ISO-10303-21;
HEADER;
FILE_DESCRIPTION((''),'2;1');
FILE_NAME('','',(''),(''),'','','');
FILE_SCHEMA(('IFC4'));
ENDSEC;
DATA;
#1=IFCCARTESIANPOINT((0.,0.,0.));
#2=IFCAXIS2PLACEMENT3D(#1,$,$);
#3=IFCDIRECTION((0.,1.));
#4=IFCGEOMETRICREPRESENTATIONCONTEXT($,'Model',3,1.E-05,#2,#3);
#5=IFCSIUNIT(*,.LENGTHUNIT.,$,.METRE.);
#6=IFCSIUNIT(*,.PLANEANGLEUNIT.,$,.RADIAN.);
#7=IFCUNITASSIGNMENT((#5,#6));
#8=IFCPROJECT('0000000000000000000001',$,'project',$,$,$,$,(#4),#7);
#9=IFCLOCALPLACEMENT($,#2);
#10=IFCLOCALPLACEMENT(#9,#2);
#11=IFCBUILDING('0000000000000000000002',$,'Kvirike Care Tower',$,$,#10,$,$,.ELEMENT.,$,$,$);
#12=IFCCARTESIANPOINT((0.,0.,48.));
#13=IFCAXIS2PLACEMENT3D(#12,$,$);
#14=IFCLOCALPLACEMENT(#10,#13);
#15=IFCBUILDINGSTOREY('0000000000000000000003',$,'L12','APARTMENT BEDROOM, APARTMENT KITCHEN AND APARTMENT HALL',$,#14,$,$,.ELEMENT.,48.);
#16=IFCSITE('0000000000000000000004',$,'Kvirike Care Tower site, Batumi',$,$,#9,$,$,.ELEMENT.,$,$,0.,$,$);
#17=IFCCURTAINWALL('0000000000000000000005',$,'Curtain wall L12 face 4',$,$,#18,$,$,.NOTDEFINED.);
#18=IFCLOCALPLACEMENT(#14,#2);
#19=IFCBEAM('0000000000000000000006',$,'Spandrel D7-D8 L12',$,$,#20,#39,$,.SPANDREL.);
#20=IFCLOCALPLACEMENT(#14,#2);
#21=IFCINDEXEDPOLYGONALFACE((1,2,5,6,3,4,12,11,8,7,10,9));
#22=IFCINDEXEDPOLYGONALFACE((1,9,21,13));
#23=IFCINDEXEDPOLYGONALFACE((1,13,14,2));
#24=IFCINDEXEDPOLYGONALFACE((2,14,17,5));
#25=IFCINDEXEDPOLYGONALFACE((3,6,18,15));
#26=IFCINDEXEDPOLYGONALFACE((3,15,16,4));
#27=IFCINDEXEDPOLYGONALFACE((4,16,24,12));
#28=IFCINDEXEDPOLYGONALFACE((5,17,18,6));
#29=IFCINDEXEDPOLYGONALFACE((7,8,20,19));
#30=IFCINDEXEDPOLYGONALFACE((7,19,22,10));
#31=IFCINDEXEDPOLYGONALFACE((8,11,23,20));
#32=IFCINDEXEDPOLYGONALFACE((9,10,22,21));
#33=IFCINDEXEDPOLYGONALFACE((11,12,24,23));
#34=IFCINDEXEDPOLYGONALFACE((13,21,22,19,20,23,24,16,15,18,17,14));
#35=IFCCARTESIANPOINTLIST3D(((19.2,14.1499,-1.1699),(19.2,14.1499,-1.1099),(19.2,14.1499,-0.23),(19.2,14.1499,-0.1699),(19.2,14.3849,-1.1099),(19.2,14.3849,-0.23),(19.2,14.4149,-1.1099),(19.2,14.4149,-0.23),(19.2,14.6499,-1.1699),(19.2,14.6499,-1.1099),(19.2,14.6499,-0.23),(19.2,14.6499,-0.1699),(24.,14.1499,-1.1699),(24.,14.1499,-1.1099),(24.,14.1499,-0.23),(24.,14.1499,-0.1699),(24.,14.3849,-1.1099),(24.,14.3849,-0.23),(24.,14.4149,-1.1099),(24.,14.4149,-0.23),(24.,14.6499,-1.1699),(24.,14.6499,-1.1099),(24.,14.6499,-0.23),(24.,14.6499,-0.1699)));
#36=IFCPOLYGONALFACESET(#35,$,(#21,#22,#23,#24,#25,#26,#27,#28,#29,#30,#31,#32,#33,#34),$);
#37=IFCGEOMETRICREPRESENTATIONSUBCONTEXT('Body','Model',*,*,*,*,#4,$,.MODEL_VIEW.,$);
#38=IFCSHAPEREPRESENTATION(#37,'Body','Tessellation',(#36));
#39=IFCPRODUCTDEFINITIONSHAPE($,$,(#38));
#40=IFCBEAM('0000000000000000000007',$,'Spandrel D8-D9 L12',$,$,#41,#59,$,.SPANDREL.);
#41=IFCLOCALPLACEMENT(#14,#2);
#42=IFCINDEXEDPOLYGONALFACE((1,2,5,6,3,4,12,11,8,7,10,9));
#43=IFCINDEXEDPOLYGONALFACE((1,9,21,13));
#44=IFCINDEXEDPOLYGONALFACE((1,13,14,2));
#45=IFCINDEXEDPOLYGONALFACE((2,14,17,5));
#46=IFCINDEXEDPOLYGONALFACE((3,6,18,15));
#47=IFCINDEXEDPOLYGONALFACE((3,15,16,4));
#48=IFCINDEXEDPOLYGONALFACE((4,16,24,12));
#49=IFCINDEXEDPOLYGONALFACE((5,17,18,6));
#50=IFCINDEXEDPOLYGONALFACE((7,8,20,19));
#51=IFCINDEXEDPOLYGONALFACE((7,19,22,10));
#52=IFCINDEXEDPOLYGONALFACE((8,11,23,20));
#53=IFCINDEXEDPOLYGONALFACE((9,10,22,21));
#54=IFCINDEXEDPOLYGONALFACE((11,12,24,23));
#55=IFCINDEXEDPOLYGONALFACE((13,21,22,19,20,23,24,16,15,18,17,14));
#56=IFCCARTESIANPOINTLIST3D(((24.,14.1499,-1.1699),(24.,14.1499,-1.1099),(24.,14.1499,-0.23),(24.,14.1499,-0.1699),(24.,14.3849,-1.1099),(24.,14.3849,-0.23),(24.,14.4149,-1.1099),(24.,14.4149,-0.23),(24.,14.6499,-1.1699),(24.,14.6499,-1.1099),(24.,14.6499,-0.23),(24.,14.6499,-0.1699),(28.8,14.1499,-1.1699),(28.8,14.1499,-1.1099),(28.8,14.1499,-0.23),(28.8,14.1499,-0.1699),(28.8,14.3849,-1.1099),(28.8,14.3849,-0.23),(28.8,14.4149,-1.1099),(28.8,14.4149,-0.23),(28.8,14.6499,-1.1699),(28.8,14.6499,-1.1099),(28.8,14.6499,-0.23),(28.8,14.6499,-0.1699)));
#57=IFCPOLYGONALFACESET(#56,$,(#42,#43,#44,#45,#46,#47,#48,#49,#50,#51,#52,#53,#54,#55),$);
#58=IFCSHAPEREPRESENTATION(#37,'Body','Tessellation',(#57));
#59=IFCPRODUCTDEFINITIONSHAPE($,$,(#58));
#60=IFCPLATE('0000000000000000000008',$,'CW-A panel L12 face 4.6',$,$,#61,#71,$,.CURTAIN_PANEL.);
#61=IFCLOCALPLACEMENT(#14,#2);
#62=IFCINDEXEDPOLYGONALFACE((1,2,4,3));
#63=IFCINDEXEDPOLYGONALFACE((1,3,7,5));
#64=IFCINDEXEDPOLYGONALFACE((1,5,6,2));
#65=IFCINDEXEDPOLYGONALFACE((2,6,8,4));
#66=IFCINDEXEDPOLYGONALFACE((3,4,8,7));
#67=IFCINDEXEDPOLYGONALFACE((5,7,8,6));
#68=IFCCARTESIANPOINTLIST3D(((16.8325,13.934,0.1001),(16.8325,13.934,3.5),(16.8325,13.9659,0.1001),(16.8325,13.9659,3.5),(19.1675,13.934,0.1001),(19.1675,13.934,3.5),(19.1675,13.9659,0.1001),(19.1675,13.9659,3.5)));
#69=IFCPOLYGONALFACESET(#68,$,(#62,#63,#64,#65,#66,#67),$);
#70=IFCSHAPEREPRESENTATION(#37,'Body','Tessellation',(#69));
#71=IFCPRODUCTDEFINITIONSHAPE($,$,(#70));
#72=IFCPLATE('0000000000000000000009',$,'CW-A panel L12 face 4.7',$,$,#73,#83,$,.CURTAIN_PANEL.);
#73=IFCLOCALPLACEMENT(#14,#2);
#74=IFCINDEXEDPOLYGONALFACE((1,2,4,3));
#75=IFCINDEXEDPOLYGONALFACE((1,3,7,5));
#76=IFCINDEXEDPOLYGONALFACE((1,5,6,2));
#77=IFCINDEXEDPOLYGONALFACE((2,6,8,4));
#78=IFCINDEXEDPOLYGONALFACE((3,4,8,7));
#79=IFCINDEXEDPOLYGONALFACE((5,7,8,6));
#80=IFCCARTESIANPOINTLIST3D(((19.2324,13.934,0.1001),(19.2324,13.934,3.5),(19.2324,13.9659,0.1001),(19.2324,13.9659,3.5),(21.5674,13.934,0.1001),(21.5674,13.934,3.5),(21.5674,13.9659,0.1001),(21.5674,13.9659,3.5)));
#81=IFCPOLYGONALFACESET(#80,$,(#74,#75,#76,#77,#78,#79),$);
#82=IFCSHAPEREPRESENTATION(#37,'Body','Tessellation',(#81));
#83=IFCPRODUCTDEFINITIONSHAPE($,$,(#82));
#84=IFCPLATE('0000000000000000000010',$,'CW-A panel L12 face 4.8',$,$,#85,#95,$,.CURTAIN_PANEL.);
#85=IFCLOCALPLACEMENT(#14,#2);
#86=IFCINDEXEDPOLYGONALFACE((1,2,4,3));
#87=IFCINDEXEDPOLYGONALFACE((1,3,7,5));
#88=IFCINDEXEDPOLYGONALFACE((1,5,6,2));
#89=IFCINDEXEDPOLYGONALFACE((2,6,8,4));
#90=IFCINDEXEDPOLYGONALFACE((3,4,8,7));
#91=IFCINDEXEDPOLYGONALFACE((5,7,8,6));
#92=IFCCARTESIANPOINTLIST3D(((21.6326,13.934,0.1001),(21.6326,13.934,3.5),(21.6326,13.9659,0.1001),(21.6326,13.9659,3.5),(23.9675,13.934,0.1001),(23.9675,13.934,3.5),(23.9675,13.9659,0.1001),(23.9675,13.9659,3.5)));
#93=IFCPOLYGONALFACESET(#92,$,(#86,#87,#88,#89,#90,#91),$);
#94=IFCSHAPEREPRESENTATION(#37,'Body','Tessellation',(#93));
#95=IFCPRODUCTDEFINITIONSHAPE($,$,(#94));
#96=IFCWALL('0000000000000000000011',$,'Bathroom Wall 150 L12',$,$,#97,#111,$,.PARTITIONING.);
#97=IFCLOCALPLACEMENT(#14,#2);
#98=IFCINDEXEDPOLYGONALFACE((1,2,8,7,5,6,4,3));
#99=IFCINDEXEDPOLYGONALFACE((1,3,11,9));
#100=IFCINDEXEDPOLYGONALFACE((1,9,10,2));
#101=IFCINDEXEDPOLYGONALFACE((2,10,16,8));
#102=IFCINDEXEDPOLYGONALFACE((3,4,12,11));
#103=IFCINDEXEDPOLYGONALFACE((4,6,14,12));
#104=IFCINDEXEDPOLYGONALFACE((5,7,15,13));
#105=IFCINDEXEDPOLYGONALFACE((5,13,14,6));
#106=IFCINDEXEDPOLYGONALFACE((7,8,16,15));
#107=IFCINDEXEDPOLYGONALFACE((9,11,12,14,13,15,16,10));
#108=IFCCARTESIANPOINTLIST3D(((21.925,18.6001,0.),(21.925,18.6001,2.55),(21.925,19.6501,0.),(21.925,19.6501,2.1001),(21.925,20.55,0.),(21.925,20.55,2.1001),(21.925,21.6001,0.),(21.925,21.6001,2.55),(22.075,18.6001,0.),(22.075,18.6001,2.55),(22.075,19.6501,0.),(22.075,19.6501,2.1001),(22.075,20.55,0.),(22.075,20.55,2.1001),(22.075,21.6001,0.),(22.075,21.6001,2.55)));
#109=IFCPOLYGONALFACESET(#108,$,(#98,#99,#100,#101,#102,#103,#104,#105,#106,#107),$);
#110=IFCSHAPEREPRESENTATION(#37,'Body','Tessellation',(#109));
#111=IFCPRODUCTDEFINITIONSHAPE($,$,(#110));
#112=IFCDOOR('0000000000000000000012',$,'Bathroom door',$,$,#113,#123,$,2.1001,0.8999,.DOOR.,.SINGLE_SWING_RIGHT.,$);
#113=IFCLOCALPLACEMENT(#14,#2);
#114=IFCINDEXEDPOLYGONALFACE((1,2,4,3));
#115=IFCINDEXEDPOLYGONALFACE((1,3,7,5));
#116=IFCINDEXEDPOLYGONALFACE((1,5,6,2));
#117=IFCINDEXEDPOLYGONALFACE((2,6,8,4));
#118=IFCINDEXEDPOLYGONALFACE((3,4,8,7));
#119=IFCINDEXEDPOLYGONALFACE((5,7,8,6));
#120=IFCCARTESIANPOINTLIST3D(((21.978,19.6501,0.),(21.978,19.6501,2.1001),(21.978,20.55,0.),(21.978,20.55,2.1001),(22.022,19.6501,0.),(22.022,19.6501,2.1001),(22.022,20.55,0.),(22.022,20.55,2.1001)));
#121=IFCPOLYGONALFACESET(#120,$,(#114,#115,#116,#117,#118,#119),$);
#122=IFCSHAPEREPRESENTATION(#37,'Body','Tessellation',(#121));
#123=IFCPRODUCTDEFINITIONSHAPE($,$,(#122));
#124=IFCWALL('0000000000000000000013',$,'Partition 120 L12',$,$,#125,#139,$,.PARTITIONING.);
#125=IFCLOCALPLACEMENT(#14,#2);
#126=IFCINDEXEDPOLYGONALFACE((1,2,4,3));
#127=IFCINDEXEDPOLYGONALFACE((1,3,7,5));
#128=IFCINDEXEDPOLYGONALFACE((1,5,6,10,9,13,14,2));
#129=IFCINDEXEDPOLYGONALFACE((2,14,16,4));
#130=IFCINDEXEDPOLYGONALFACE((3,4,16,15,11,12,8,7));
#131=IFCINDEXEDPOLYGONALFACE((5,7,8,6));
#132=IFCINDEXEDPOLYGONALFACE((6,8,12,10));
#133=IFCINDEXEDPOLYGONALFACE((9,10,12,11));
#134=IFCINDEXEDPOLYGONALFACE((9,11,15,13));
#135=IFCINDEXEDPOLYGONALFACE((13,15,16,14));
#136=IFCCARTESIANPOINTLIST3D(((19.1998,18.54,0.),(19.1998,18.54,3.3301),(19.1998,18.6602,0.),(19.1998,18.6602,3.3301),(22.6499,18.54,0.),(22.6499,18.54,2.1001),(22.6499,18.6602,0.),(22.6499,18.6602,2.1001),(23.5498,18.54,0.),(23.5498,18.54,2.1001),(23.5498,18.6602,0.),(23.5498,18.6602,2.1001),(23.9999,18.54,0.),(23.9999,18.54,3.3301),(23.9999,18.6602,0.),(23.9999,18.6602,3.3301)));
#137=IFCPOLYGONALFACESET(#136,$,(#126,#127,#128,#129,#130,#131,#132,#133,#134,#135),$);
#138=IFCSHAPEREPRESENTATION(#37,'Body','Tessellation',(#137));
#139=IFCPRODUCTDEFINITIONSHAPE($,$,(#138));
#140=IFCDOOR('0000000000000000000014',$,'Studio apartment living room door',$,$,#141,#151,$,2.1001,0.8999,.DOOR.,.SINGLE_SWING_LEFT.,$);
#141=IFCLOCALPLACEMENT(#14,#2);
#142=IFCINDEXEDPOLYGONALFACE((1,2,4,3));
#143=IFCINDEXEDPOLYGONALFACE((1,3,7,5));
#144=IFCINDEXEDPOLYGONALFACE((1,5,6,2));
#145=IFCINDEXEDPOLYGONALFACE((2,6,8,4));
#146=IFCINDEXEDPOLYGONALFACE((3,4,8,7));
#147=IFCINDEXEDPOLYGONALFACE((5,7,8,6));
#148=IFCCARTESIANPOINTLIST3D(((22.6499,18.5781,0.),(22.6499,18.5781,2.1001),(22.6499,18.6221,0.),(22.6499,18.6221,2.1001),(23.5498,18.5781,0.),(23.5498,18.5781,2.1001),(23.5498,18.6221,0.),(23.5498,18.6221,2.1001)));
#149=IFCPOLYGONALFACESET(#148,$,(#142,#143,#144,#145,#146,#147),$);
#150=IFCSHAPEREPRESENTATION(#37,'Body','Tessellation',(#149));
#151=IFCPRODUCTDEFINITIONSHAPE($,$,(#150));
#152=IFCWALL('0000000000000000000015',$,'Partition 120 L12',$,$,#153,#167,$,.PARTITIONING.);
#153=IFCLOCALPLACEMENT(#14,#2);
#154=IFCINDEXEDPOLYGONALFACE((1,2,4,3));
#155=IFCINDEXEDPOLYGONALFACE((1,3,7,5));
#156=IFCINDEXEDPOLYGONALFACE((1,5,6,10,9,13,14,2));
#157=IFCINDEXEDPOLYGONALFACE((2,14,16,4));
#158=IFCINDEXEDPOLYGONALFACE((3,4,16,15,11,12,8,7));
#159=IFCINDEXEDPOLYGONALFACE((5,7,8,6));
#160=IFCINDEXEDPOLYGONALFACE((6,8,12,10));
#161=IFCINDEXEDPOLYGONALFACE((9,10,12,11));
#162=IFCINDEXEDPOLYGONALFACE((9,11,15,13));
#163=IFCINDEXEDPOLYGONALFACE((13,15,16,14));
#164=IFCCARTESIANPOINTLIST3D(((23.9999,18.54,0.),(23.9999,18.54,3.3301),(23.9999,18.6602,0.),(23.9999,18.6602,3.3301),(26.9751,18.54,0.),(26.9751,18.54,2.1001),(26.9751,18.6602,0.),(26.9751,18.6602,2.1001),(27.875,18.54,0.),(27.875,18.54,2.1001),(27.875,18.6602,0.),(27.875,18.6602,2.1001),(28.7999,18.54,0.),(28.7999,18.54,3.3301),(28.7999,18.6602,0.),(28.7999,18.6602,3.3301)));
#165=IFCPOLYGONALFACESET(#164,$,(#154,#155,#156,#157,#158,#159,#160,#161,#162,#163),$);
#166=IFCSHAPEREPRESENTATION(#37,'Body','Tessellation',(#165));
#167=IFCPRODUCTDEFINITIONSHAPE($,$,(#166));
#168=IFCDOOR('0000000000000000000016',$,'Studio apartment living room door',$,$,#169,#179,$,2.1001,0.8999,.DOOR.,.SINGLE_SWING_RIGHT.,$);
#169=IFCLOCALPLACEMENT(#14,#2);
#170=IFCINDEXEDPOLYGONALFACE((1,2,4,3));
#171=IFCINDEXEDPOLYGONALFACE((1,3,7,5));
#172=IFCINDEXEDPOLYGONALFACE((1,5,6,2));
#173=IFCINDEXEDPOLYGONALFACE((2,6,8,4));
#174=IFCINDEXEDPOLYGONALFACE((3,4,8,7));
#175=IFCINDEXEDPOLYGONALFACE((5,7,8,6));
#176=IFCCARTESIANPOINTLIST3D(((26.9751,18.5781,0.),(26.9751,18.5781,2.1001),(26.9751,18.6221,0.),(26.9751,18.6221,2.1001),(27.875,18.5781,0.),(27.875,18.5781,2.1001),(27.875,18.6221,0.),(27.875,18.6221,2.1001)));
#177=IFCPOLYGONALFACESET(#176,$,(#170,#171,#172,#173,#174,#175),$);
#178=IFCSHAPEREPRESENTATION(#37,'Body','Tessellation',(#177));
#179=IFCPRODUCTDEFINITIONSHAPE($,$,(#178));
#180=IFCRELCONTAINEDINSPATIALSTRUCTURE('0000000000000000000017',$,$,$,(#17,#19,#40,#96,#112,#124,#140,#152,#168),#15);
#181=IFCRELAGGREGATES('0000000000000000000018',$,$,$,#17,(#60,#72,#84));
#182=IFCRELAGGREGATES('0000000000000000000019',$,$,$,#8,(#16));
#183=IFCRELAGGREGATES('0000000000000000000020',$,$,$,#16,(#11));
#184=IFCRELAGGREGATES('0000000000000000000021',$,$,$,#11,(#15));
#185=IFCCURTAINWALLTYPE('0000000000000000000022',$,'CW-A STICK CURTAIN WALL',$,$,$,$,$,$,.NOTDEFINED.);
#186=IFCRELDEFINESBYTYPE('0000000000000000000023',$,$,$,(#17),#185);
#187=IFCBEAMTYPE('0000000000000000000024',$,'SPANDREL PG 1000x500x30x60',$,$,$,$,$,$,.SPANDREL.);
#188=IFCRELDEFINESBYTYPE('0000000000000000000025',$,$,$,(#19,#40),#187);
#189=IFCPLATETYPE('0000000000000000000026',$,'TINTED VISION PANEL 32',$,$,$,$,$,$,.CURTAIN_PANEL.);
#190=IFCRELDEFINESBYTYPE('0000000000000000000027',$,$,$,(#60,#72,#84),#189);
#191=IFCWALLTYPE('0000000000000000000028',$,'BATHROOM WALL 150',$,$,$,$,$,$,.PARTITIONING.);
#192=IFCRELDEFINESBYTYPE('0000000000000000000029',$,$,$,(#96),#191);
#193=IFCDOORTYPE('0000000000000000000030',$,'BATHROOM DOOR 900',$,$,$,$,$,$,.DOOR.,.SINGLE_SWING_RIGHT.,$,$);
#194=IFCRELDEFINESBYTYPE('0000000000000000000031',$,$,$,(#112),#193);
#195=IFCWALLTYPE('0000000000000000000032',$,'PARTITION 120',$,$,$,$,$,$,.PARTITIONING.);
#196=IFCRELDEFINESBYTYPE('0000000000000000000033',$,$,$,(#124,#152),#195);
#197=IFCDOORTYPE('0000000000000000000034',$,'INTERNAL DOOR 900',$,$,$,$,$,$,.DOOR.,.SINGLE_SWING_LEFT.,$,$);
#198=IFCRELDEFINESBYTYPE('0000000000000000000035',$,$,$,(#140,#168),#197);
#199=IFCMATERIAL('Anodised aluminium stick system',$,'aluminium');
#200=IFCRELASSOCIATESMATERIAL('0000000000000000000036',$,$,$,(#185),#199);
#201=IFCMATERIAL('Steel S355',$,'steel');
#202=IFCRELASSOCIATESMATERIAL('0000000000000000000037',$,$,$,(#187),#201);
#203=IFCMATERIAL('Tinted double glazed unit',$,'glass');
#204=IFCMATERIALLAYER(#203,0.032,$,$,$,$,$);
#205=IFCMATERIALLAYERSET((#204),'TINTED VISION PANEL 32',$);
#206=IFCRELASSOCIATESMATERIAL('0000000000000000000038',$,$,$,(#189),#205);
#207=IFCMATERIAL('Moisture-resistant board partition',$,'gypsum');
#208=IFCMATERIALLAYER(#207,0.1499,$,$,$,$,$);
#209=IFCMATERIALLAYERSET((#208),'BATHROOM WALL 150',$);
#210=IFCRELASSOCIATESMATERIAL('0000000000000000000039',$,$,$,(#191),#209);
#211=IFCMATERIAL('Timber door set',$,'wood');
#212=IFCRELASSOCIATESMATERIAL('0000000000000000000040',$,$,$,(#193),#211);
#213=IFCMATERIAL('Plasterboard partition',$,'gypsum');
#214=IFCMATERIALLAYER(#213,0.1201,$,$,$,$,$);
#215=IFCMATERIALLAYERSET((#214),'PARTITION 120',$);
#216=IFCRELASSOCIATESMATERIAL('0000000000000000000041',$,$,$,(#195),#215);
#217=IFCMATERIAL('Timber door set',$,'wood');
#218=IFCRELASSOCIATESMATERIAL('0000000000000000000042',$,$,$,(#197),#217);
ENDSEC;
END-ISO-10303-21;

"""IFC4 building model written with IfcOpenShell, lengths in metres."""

from ifc_helpers import new_model, si_unit, direction, frame, frame_2d, origin, origin_2d, place, context, subcontext, project, spatial, rectangle, i_section, extrude, material, layer, layer_set, material_profile, profile_set, type_object, element, fill, aggregate, save


model = new_model("IFC4")

# Units and contexts
model_context = context("Model", 3, precision=1e-05, world=origin(), true_north=direction((0.0, 1.0)))
body_context = subcontext(model_context, "Body", "Model", "MODEL_VIEW")
ifc_project = project(units=[si_unit("LENGTHUNIT", "METRE"), si_unit("PLANEANGLEUNIT", "RADIAN")], contexts=[model_context])

# Site, building, storey
site_placement = place(None, origin())
site = spatial("IfcSite", under=ifc_project, at=site_placement, Name="Kvirike Care Tower site, Batumi", CompositionType="ELEMENT", RefElevation=0.0)
building_placement = place(site_placement, origin())
building = spatial("IfcBuilding", under=site, at=building_placement, Name="Kvirike Care Tower", CompositionType="ELEMENT")
storey_placement = place(building_placement, frame((0.0, 0.0, 48.0)))
storey = spatial("IfcBuildingStorey", under=building, at=storey_placement, Name="L12", Description="APARTMENT BEDROOM, APARTMENT KITCHEN AND APARTMENT HALL", CompositionType="ELEMENT", Elevation=48.0)

# Curtain wall
ifc_material_1 = material(Name="Anodised aluminium stick system", Category="aluminium")
curtain_wall_type = type_object("IfcCurtainWallType", Name="CW-A STICK CURTAIN WALL", PredefinedType="NOTDEFINED", material=ifc_material_1)
curtain_wall_placement = place(storey_placement, origin())
curtain_wall = element("IfcCurtainWall", 1, at=curtain_wall_placement, inside=storey, type_object=curtain_wall_type, Name="Curtain wall L12 face 4", PredefinedType="NOTDEFINED")

# Beams
ifc_material_2 = material(Name="Steel S355", Category="steel")
ifc_material_profile_1 = material_profile(ifc_material_2, i_section(OverallWidth=0.5, OverallDepth=1.0, WebThickness=0.03, FlangeThickness=0.0601, at=origin_2d()), Name="PG 1000x500x30x60")
ifc_profile_set_1 = profile_set([ifc_material_profile_1], Name="Steel S355")
beam_type_1 = type_object("IfcBeamType", Name="SPANDREL PG 1000x500x30x60", PredefinedType="SPANDREL", material=ifc_profile_set_1)
for number, where, z_axis, x_axis, name in (
    (2, (19.2, 14.3999, -0.6699), (1.0, 0.0, 0.0), (0.0, 1.0, 0.0), "Spandrel D7-D8 L12"),
    (3, (24.0, 14.3999, -0.6699), (1.0, 0.0, 0.0), (0.0, 1.0, 0.0), "Spandrel D8-D9 L12"),
):
    element("IfcBeam", number, at=place(storey_placement, frame(where, z_axis=z_axis, x_axis=x_axis)), inside=storey, type_object=beam_type_1, Name=name, PredefinedType="SPANDREL", context=body_context, shape_type="SweptSolid", body=[
        extrude(i_section(OverallWidth=0.5, OverallDepth=1.0, WebThickness=0.03, FlangeThickness=0.0601, at=origin_2d()), origin(), (0.0, 0.0, 1.0), 4.8),
    ])

# Plates
ifc_material_3 = material(Name="Tinted double glazed unit", Category="glass")
ifc_layer_1 = layer(ifc_material_3, 0.032)
ifc_layer_set_1 = layer_set([ifc_layer_1], Name="TINTED VISION PANEL 32")
plate_type = type_object("IfcPlateType", Name="TINTED VISION PANEL 32", PredefinedType="CURTAIN_PANEL", material=ifc_layer_set_1)
plate_1_placement = place(storey_placement, frame((18.0, 13.95, 0.1001), z_axis=(0.0, 0.0, 1.0), x_axis=(1.0, 0.0, 0.0)))
plate_1 = element("IfcPlate", 4, at=plate_1_placement, type_object=plate_type, Name="CW-A panel L12 face 4.6", PredefinedType="CURTAIN_PANEL", context=body_context, shape_type="SweptSolid", body=[
    extrude(rectangle(XDim=2.335, YDim=0.032, at=origin_2d()), origin(), (0.0, 0.0, 1.0), 3.3999),
])
plate_2_placement = place(storey_placement, frame((20.3999, 13.95, 0.1001), z_axis=(0.0, 0.0, 1.0), x_axis=(1.0, 0.0, 0.0)))
plate_2 = element("IfcPlate", 5, at=plate_2_placement, type_object=plate_type, Name="CW-A panel L12 face 4.7", PredefinedType="CURTAIN_PANEL", context=body_context, shape_type="SweptSolid", body=[
    extrude(rectangle(XDim=2.335, YDim=0.032, at=origin_2d()), origin(), (0.0, 0.0, 1.0), 3.3999),
])
plate_3_placement = place(storey_placement, frame((22.8, 13.95, 0.1001), z_axis=(0.0, 0.0, 1.0), x_axis=(1.0, 0.0, 0.0)))
plate_3 = element("IfcPlate", 6, at=plate_3_placement, type_object=plate_type, Name="CW-A panel L12 face 4.8", PredefinedType="CURTAIN_PANEL", context=body_context, shape_type="SweptSolid", body=[
    extrude(rectangle(XDim=2.335, YDim=0.032, at=origin_2d()), origin(), (0.0, 0.0, 1.0), 3.3999),
])
aggregate(curtain_wall, [plate_1, plate_2, plate_3])

# Walls, openings, doors
ifc_material_4 = material(Name="Moisture-resistant board partition", Category="gypsum")
ifc_layer_2 = layer(ifc_material_4, 0.1499)
ifc_layer_set_2 = layer_set([ifc_layer_2], Name="BATHROOM WALL 150")
wall_type_1 = type_object("IfcWallType", Name="BATHROOM WALL 150", PredefinedType="PARTITIONING", material=ifc_layer_set_2)
wall_1_placement = place(storey_placement, frame((22.0, 18.6001, 0.0), z_axis=(0.0, 0.0, 1.0), x_axis=(0.0, 1.0, 0.0)))
wall_1 = element("IfcWall", 7, at=wall_1_placement, inside=storey, type_object=wall_type_1, Name="Bathroom Wall 150 L12", PredefinedType="PARTITIONING", context=body_context, shape_type="SweptSolid", body=[
    extrude(rectangle(XDim=3.0, YDim=0.1499, at=frame_2d((1.5, 0.0))), origin(), (0.0, 0.0, 1.0), 2.55),
])
opening_1_placement = place(wall_1_placement, frame((1.05, 0.0, 0.0)))
opening_1 = element("IfcOpeningElement", 8, at=opening_1_placement, cuts=wall_1, PredefinedType="OPENING", context=body_context, shape_type="SweptSolid", body=[
    extrude(rectangle(XDim=0.8999, YDim=2.1001, at=frame_2d((0.45, 1.05))), frame((0.0, 0.0854, 0.0), z_axis=(0.0, -1.0, 0.0), x_axis=(1.0, 0.0, 0.0)), (0.0, 0.0, 1.0), 0.1709),
])
ifc_material_5 = material(Name="Timber door set", Category="wood")
door_type_1 = type_object("IfcDoorType", Name="BATHROOM DOOR 900", OperationType="SINGLE_SWING_RIGHT", PredefinedType="DOOR", material=ifc_material_5)
door_1_placement = place(opening_1_placement, origin())
door_1 = element("IfcDoor", 9, at=door_1_placement, inside=storey, type_object=door_type_1, Name="Bathroom door", OperationType="SINGLE_SWING_RIGHT", OverallHeight=2.1001, OverallWidth=0.8999, PredefinedType="DOOR", context=body_context, shape_type="SweptSolid", body=[
    extrude(rectangle(XDim=0.8999, YDim=2.1001, at=frame_2d((0.45, 1.05))), frame((0.0, 0.022, 0.0), z_axis=(0.0, -1.0, 0.0), x_axis=(1.0, 0.0, 0.0)), (0.0, 0.0, 1.0), 0.0439),
])
fill(opening_1, door_1)
ifc_material_6 = material(Name="Plasterboard partition", Category="gypsum")
ifc_layer_3 = layer(ifc_material_6, 0.1201)
ifc_layer_set_3 = layer_set([ifc_layer_3], Name="PARTITION 120")
wall_type_2 = type_object("IfcWallType", Name="PARTITION 120", PredefinedType="PARTITIONING", material=ifc_layer_set_3)
wall_2_placement = place(storey_placement, frame((19.2, 18.6001, 0.0), z_axis=(0.0, 0.0, 1.0), x_axis=(1.0, 0.0, 0.0)))
wall_2 = element("IfcWall", 10, at=wall_2_placement, inside=storey, type_object=wall_type_2, Name="Partition 120 L12", PredefinedType="PARTITIONING", context=body_context, shape_type="SweptSolid", body=[
    extrude(rectangle(XDim=4.8, YDim=0.1201, at=frame_2d((2.3999, 0.0))), origin(), (0.0, 0.0, 1.0), 3.3301),
])
opening_2_placement = place(wall_2_placement, frame((3.45, 0.0, 0.0)))
opening_2 = element("IfcOpeningElement", 11, at=opening_2_placement, cuts=wall_2, PredefinedType="OPENING", context=body_context, shape_type="SweptSolid", body=[
    extrude(rectangle(XDim=0.8999, YDim=2.1001, at=frame_2d((0.45, 1.05))), frame((0.0, 0.0706, 0.0), z_axis=(0.0, -1.0, 0.0), x_axis=(1.0, 0.0, 0.0)), (0.0, 0.0, 1.0), 0.1411),
])
ifc_material_7 = material(Name="Timber door set", Category="wood")
door_type_2 = type_object("IfcDoorType", Name="INTERNAL DOOR 900", OperationType="SINGLE_SWING_LEFT", PredefinedType="DOOR", material=ifc_material_7)
door_2_placement = place(opening_2_placement, frame((0.8999, 0.0, 0.0), z_axis=(0.0, 0.0, 1.0), x_axis=(-1.0, 0.0, 0.0)))
door_2 = element("IfcDoor", 12, at=door_2_placement, inside=storey, type_object=door_type_2, Name="Studio apartment living room door", OperationType="SINGLE_SWING_LEFT", OverallHeight=2.1001, OverallWidth=0.8999, PredefinedType="DOOR", context=body_context, shape_type="SweptSolid", body=[
    extrude(rectangle(XDim=0.8999, YDim=2.1001, at=frame_2d((0.45, 1.05))), frame((0.0, 0.022, 0.0), z_axis=(0.0, -1.0, 0.0), x_axis=(1.0, 0.0, 0.0)), (0.0, 0.0, 1.0), 0.0439),
])
fill(opening_2, door_2)
wall_3_placement = place(storey_placement, frame((24.0, 18.6001, 0.0), z_axis=(0.0, 0.0, 1.0), x_axis=(1.0, 0.0, 0.0)))
wall_3 = element("IfcWall", 13, at=wall_3_placement, inside=storey, type_object=wall_type_2, Name="Partition 120 L12", PredefinedType="PARTITIONING", context=body_context, shape_type="SweptSolid", body=[
    extrude(rectangle(XDim=4.8, YDim=0.1201, at=frame_2d((2.3999, 0.0))), origin(), (0.0, 0.0, 1.0), 3.3301),
])
opening_3_placement = place(wall_3_placement, frame((2.9751, 0.0, 0.0)))
opening_3 = element("IfcOpeningElement", 14, at=opening_3_placement, cuts=wall_3, PredefinedType="OPENING", context=body_context, shape_type="SweptSolid", body=[
    extrude(rectangle(XDim=0.8999, YDim=2.1001, at=frame_2d((0.45, 1.05))), frame((0.0, 0.0706, 0.0), z_axis=(0.0, -1.0, 0.0), x_axis=(1.0, 0.0, 0.0)), (0.0, 0.0, 1.0), 0.1411),
])
door_3_placement = place(opening_3_placement, frame((0.8999, 0.0, 0.0), z_axis=(0.0, 0.0, 1.0), x_axis=(-1.0, 0.0, 0.0)))
door_3 = element("IfcDoor", 15, at=door_3_placement, inside=storey, type_object=door_type_2, Name="Studio apartment living room door", OperationType="SINGLE_SWING_RIGHT", OverallHeight=2.1001, OverallWidth=0.8999, PredefinedType="DOOR", context=body_context, shape_type="SweptSolid", body=[
    extrude(rectangle(XDim=0.8999, YDim=2.1001, at=frame_2d((0.45, 1.05))), frame((0.0, 0.022, 0.0), z_axis=(0.0, -1.0, 0.0), x_axis=(1.0, 0.0, 0.0)), (0.0, 0.0, 1.0), 0.0439),
])
fill(opening_3, door_3)

save(model, "model.ifc")
